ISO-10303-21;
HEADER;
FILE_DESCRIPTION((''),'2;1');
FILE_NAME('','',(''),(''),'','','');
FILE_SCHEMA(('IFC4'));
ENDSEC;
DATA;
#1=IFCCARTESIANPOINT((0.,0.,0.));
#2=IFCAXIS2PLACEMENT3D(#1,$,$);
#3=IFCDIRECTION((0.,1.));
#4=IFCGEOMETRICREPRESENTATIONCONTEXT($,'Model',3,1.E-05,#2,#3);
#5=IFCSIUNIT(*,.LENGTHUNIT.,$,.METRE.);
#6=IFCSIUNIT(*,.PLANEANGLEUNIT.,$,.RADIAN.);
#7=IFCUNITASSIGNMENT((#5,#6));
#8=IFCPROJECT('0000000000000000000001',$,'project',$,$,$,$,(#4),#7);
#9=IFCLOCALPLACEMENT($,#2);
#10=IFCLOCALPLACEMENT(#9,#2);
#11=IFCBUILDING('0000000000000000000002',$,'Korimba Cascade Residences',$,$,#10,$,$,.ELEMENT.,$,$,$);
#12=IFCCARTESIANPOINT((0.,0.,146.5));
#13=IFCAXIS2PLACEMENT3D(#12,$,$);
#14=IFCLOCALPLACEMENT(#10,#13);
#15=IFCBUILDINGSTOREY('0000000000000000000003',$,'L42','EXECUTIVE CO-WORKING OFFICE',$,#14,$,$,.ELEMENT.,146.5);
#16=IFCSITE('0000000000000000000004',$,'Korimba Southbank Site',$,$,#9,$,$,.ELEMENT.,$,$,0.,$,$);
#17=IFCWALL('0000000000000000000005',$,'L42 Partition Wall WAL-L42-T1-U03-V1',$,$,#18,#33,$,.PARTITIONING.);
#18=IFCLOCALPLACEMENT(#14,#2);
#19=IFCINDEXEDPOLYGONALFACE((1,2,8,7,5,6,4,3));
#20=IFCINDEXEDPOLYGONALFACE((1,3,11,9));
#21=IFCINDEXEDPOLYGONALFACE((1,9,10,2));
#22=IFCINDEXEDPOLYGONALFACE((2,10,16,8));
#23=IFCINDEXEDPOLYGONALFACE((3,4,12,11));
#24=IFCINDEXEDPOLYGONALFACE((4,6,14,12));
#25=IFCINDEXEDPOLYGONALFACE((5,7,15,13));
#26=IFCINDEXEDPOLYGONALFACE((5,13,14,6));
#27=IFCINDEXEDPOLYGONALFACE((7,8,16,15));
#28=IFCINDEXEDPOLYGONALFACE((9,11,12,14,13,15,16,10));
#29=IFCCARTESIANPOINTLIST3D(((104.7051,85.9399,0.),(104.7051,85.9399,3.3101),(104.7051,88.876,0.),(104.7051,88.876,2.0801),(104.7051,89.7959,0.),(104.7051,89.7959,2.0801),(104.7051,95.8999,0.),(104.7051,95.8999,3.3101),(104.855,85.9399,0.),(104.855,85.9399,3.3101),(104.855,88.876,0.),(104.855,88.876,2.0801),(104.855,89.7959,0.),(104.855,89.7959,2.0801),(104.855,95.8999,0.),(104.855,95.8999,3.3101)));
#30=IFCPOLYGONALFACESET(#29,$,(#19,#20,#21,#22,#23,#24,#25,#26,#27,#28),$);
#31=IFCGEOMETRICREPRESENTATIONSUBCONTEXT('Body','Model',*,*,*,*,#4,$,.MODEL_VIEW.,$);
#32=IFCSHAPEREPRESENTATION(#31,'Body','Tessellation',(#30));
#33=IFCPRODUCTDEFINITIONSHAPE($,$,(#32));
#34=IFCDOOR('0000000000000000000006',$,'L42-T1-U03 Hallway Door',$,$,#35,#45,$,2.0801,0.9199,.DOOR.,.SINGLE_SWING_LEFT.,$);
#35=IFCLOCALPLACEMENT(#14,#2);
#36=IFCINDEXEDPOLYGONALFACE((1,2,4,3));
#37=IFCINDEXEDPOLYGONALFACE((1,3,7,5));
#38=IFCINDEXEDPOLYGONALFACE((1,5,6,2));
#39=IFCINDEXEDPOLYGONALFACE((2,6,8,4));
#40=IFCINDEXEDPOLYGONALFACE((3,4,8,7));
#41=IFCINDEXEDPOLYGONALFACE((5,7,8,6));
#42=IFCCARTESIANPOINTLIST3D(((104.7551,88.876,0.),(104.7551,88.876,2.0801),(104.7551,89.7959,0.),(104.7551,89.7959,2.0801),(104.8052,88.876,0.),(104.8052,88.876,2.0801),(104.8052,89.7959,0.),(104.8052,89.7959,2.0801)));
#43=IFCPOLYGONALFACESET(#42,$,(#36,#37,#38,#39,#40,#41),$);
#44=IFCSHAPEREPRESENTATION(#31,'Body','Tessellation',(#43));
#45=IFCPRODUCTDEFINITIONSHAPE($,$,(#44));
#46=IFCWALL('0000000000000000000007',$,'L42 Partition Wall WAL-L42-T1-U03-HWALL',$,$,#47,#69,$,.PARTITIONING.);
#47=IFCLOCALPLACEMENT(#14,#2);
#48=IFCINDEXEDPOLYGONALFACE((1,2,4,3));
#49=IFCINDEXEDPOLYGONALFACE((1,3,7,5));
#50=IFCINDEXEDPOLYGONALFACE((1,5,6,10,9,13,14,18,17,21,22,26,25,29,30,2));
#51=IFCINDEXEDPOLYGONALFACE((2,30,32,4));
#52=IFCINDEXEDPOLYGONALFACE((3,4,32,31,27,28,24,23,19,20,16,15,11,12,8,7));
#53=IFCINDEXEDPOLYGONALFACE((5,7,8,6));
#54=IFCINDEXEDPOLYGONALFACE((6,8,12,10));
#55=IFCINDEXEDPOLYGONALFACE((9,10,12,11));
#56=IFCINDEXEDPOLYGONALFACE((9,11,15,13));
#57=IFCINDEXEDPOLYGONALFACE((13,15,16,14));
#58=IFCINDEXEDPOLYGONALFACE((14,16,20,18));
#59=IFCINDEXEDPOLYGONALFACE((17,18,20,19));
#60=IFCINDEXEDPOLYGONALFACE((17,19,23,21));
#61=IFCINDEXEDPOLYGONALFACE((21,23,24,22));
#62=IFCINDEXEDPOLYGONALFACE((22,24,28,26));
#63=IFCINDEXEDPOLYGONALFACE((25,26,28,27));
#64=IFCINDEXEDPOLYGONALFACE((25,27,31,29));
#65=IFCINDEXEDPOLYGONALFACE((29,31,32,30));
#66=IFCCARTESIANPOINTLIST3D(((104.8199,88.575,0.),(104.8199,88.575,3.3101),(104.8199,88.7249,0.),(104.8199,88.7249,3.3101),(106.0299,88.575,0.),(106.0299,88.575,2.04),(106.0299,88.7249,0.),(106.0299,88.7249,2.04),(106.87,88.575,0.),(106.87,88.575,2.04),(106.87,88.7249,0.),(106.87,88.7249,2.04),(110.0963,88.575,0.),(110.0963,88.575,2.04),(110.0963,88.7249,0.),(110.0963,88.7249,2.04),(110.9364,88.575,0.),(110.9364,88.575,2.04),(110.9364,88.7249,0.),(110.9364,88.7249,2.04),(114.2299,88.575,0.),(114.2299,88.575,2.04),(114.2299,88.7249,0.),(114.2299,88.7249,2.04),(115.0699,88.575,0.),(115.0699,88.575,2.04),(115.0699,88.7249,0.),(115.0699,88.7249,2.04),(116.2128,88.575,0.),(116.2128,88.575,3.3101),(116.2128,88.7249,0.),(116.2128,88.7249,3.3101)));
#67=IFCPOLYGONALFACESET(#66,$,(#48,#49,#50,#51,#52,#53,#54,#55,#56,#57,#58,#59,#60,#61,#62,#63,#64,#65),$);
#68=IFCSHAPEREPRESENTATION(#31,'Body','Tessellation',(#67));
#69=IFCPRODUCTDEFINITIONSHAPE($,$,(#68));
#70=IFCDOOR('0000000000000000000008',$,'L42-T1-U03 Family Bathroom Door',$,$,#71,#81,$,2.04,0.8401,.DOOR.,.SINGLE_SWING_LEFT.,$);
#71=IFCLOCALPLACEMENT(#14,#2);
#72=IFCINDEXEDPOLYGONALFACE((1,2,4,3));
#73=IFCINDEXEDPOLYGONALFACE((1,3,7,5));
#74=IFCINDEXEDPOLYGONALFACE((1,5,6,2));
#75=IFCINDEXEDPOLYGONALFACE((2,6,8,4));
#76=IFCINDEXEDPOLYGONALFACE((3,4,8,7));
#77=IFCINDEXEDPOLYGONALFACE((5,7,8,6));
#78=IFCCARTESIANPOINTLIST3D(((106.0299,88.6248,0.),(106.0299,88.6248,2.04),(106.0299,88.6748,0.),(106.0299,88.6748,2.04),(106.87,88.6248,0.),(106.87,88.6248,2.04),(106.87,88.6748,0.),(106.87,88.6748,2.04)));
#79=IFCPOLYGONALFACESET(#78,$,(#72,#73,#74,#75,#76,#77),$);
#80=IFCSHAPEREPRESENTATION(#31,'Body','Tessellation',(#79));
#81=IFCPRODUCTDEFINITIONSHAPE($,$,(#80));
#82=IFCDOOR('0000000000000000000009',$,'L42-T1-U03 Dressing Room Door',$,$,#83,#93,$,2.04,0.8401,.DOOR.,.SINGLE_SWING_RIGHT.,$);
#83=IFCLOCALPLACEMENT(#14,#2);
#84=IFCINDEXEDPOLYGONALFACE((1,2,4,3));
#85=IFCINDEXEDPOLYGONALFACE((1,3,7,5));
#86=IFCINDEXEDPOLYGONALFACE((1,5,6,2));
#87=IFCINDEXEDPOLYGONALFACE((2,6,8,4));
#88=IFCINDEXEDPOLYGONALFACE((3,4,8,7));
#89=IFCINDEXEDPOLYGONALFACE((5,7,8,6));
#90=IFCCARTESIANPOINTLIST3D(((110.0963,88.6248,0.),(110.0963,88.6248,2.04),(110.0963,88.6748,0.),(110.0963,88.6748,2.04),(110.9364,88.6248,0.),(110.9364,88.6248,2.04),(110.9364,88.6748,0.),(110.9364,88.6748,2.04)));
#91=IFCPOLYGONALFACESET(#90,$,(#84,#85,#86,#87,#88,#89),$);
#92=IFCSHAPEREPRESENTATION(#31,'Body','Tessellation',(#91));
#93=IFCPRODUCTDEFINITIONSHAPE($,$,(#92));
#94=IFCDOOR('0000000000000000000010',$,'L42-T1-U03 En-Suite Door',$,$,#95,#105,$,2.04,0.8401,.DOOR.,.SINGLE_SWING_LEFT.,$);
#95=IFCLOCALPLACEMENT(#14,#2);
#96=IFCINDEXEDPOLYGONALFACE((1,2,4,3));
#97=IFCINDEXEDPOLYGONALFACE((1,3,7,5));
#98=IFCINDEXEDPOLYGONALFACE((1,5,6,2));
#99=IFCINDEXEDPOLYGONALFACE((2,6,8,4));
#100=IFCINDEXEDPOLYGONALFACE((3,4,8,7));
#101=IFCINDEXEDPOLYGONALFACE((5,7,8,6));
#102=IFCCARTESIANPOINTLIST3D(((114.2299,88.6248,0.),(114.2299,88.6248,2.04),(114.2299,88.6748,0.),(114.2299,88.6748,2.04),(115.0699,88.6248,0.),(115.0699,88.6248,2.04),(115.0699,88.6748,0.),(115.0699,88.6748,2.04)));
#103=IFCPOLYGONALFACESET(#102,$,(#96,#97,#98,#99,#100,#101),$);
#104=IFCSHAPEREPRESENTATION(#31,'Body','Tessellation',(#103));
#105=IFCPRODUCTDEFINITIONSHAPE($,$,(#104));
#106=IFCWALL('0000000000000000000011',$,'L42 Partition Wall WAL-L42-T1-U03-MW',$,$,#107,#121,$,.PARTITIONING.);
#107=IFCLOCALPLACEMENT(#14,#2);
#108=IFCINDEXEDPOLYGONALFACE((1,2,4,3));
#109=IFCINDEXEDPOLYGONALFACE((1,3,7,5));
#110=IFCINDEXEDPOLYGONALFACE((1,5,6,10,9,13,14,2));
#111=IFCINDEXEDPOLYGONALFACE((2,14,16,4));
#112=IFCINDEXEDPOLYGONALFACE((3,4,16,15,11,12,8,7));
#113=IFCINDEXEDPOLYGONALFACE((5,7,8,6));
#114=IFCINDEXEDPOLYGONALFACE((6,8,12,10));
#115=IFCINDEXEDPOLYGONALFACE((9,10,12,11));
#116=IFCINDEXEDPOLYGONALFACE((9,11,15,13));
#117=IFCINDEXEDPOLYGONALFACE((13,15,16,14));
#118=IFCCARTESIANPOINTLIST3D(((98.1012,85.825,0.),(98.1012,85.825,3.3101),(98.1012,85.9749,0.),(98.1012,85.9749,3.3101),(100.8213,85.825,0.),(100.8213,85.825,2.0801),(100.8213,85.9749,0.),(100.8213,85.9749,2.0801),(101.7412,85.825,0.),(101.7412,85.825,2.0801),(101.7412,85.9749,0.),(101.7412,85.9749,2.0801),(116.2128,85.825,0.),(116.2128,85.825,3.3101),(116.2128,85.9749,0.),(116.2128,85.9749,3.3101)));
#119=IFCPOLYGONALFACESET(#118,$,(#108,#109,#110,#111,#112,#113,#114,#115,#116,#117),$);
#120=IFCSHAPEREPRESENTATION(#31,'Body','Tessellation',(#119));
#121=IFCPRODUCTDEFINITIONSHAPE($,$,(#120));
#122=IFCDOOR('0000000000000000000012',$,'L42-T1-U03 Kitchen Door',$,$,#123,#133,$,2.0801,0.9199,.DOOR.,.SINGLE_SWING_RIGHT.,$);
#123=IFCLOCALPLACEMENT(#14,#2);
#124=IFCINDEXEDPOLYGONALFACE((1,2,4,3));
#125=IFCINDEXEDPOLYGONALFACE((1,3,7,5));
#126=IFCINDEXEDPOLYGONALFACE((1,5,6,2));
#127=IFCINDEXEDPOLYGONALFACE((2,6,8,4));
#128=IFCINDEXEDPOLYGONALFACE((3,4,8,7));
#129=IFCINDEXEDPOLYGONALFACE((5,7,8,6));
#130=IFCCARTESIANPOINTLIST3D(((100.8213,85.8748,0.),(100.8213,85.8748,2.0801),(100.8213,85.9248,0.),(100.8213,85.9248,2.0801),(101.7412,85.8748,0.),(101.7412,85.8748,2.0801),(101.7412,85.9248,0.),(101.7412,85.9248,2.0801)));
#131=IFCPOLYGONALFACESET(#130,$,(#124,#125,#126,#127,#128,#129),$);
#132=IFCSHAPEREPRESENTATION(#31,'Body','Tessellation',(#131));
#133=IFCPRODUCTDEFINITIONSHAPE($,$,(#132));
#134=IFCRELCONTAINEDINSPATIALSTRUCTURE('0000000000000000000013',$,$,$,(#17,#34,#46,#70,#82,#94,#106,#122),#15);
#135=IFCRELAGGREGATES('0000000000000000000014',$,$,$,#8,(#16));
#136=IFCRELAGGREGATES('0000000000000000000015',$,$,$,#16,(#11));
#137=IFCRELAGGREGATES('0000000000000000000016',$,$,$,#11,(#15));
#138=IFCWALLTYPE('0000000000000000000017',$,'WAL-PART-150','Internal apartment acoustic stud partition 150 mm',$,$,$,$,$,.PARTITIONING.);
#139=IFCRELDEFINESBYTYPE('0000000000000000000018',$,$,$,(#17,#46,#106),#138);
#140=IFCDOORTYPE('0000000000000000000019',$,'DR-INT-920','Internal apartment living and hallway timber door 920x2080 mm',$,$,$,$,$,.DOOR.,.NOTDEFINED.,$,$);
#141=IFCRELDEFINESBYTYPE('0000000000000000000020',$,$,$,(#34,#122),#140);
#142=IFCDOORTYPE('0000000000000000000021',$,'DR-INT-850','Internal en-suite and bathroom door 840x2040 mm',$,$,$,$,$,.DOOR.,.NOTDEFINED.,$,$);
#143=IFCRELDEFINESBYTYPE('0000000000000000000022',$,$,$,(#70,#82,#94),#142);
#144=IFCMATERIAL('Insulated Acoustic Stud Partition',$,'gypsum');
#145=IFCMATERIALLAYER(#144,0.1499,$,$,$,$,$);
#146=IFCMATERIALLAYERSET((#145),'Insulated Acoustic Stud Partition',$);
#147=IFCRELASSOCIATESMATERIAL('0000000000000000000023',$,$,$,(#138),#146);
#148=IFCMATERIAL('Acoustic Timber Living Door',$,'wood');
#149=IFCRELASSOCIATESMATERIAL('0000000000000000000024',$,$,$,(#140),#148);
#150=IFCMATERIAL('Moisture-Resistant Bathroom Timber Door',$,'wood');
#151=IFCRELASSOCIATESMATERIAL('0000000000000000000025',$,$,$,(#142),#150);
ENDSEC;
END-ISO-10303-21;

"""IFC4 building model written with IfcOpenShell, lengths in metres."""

from ifc_helpers import new_model, si_unit, direction, frame, frame_2d, origin, place, context, subcontext, project, spatial, rectangle, extrude, material, layer, layer_set, type_object, element, fill, save


model = new_model("IFC4")

# Units and contexts
model_context = context("Model", 3, precision=1e-05, world=origin(), true_north=direction((0.0, 1.0)))
body_context = subcontext(model_context, "Body", "Model", "MODEL_VIEW")
ifc_project = project(units=[si_unit("LENGTHUNIT", "METRE"), si_unit("PLANEANGLEUNIT", "RADIAN")], contexts=[model_context])

# Site, building, storey
site_placement = place(None, origin())
site = spatial("IfcSite", under=ifc_project, at=site_placement, Name="Korimba Southbank Site", CompositionType="ELEMENT", RefElevation=0.0)
building_placement = place(site_placement, origin())
building = spatial("IfcBuilding", under=site, at=building_placement, Name="Korimba Cascade Residences", CompositionType="ELEMENT")
storey_placement = place(building_placement, frame((0.0, 0.0, 146.5)))
storey = spatial("IfcBuildingStorey", under=building, at=storey_placement, Name="L42", Description="EXECUTIVE CO-WORKING OFFICE", CompositionType="ELEMENT", Elevation=146.5)

# Shared definitions
ifc_material_1 = material(Name="Insulated Acoustic Stud Partition", Category="gypsum")
ifc_layer = layer(ifc_material_1, 0.1499)
ifc_layer_set = layer_set([ifc_layer], Name="Insulated Acoustic Stud Partition")
wall_type = type_object("IfcWallType", Name="WAL-PART-150", Description="Internal apartment acoustic stud partition 150 mm", PredefinedType="PARTITIONING", material=ifc_layer_set)

# Wall, opening, door
wall_1_placement = place(storey_placement, frame((104.78, 85.9399, 0.0), z_axis=(0.0, 0.0, 1.0), x_axis=(0.0, 1.0, 0.0)))
wall_1 = element("IfcWall", 1, at=wall_1_placement, inside=storey, type_object=wall_type, Name="L42 Partition Wall WAL-L42-T1-U03-V1", PredefinedType="PARTITIONING", context=body_context, shape_type="SweptSolid", body=[
    extrude(rectangle(XDim=9.96, YDim=0.1499, at=frame_2d((4.98, 0.0))), origin(), (0.0, 0.0, 1.0), 3.3101),
])
opening_1_placement = place(wall_1_placement, frame((2.936, 0.0, 0.0)))
opening_1 = element("IfcOpeningElement", 2, at=opening_1_placement, cuts=wall_1, PredefinedType="OPENING", context=body_context, shape_type="SweptSolid", body=[
    extrude(rectangle(XDim=0.9199, YDim=2.0801, at=frame_2d((0.46, 1.04))), frame((0.0, 0.085, 0.0), z_axis=(0.0, -1.0, 0.0), x_axis=(1.0, 0.0, 0.0)), (0.0, 0.0, 1.0), 0.1699),
])
ifc_material_2 = material(Name="Acoustic Timber Living Door", Category="wood")
door_type_1 = type_object("IfcDoorType", Name="DR-INT-920", Description="Internal apartment living and hallway timber door 920x2080 mm", OperationType="NOTDEFINED", PredefinedType="DOOR", material=ifc_material_2)
door_1_placement = place(opening_1_placement, origin())
door_1 = element("IfcDoor", 3, at=door_1_placement, inside=storey, type_object=door_type_1, Name="L42-T1-U03 Hallway Door", OperationType="SINGLE_SWING_LEFT", OverallHeight=2.0801, OverallWidth=0.9199, PredefinedType="DOOR", context=body_context, shape_type="SweptSolid", body=[
    extrude(rectangle(XDim=0.9199, YDim=2.0801, at=frame_2d((0.46, 1.04))), frame((0.0, 0.0249, 0.0), z_axis=(0.0, -1.0, 0.0), x_axis=(1.0, 0.0, 0.0)), (0.0, 0.0, 1.0), 0.05),
])
fill(opening_1, door_1)

# Wall, openings, doors
wall_2_placement = place(storey_placement, frame((104.8201, 88.6499, 0.0), z_axis=(0.0, 0.0, 1.0), x_axis=(1.0, 0.0, 0.0)))
wall_2 = element("IfcWall", 4, at=wall_2_placement, inside=storey, type_object=wall_type, Name="L42 Partition Wall WAL-L42-T1-U03-HWALL", PredefinedType="PARTITIONING", context=body_context, shape_type="SweptSolid", body=[
    extrude(rectangle(XDim=11.3928, YDim=0.1499, at=frame_2d((5.6963, 0.0))), origin(), (0.0, 0.0, 1.0), 3.3101),
])
opening_2_placement = place(wall_2_placement, frame((1.21, 0.0, 0.0)))
opening_2 = element("IfcOpeningElement", 5, at=opening_2_placement, cuts=wall_2, PredefinedType="OPENING", context=body_context, shape_type="SweptSolid", body=[
    extrude(rectangle(XDim=0.8401, YDim=2.04, at=frame_2d((0.4199, 1.02))), frame((0.0, 0.085, 0.0), z_axis=(0.0, -1.0, 0.0), x_axis=(1.0, 0.0, 0.0)), (0.0, 0.0, 1.0), 0.1699),
])
opening_3_placement = place(wall_2_placement, frame((5.2764, 0.0, 0.0)))
opening_3 = element("IfcOpeningElement", 6, at=opening_3_placement, cuts=wall_2, PredefinedType="OPENING", context=body_context, shape_type="SweptSolid", body=[
    extrude(rectangle(XDim=0.8401, YDim=2.04, at=frame_2d((0.4199, 1.02))), frame((0.0, 0.085, 0.0), z_axis=(0.0, -1.0, 0.0), x_axis=(1.0, 0.0, 0.0)), (0.0, 0.0, 1.0), 0.1699),
])
opening_4_placement = place(wall_2_placement, frame((9.4099, 0.0, 0.0)))
opening_4 = element("IfcOpeningElement", 7, at=opening_4_placement, cuts=wall_2, PredefinedType="OPENING", context=body_context, shape_type="SweptSolid", body=[
    extrude(rectangle(XDim=0.8401, YDim=2.04, at=frame_2d((0.4199, 1.02))), frame((0.0, 0.085, 0.0), z_axis=(0.0, -1.0, 0.0), x_axis=(1.0, 0.0, 0.0)), (0.0, 0.0, 1.0), 0.1699),
])
ifc_material_3 = material(Name="Moisture-Resistant Bathroom Timber Door", Category="wood")
door_type_2 = type_object("IfcDoorType", Name="DR-INT-850", Description="Internal en-suite and bathroom door 840x2040 mm", OperationType="NOTDEFINED", PredefinedType="DOOR", material=ifc_material_3)
door_2_placement = place(opening_2_placement, origin())
door_2 = element("IfcDoor", 8, at=door_2_placement, inside=storey, type_object=door_type_2, Name="L42-T1-U03 Family Bathroom Door", OperationType="SINGLE_SWING_LEFT", OverallHeight=2.04, OverallWidth=0.8401, PredefinedType="DOOR", context=body_context, shape_type="SweptSolid", body=[
    extrude(rectangle(XDim=0.8401, YDim=2.04, at=frame_2d((0.4199, 1.02))), frame((0.0, 0.0249, 0.0), z_axis=(0.0, -1.0, 0.0), x_axis=(1.0, 0.0, 0.0)), (0.0, 0.0, 1.0), 0.05),
])
fill(opening_2, door_2)
door_3_placement = place(opening_3_placement, origin())
door_3 = element("IfcDoor", 9, at=door_3_placement, inside=storey, type_object=door_type_2, Name="L42-T1-U03 Dressing Room Door", OperationType="SINGLE_SWING_RIGHT", OverallHeight=2.04, OverallWidth=0.8401, PredefinedType="DOOR", context=body_context, shape_type="SweptSolid", body=[
    extrude(rectangle(XDim=0.8401, YDim=2.04, at=frame_2d((0.4199, 1.02))), frame((0.0, 0.0249, 0.0), z_axis=(0.0, -1.0, 0.0), x_axis=(1.0, 0.0, 0.0)), (0.0, 0.0, 1.0), 0.05),
])
fill(opening_3, door_3)
door_4_placement = place(opening_4_placement, origin())
door_4 = element("IfcDoor", 10, at=door_4_placement, inside=storey, type_object=door_type_2, Name="L42-T1-U03 En-Suite Door", OperationType="SINGLE_SWING_LEFT", OverallHeight=2.04, OverallWidth=0.8401, PredefinedType="DOOR", context=body_context, shape_type="SweptSolid", body=[
    extrude(rectangle(XDim=0.8401, YDim=2.04, at=frame_2d((0.4199, 1.02))), frame((0.0, 0.0249, 0.0), z_axis=(0.0, -1.0, 0.0), x_axis=(1.0, 0.0, 0.0)), (0.0, 0.0, 1.0), 0.05),
])
fill(opening_4, door_4)

# Wall, opening, door
wall_3_placement = place(storey_placement, frame((98.1013, 85.8999, 0.0), z_axis=(0.0, 0.0, 1.0), x_axis=(1.0, 0.0, 0.0)))
wall_3 = element("IfcWall", 11, at=wall_3_placement, inside=storey, type_object=wall_type, Name="L42 Partition Wall WAL-L42-T1-U03-MW", PredefinedType="PARTITIONING", context=body_context, shape_type="SweptSolid", body=[
    extrude(rectangle(XDim=18.1116, YDim=0.1499, at=frame_2d((9.0557, 0.0))), origin(), (0.0, 0.0, 1.0), 3.3101),
])
opening_5_placement = place(wall_3_placement, frame((2.72, 0.0, 0.0)))
opening_5 = element("IfcOpeningElement", 12, at=opening_5_placement, cuts=wall_3, PredefinedType="OPENING", context=body_context, shape_type="SweptSolid", body=[
    extrude(rectangle(XDim=0.9199, YDim=2.0801, at=frame_2d((0.46, 1.04))), frame((0.0, 0.085, 0.0), z_axis=(0.0, -1.0, 0.0), x_axis=(1.0, 0.0, 0.0)), (0.0, 0.0, 1.0), 0.1699),
])
door_5_placement = place(opening_5_placement, origin())
door_5 = element("IfcDoor", 13, at=door_5_placement, inside=storey, type_object=door_type_1, Name="L42-T1-U03 Kitchen Door", OperationType="SINGLE_SWING_RIGHT", OverallHeight=2.0801, OverallWidth=0.9199, PredefinedType="DOOR", context=body_context, shape_type="SweptSolid", body=[
    extrude(rectangle(XDim=0.9199, YDim=2.0801, at=frame_2d((0.46, 1.04))), frame((0.0, 0.0249, 0.0), z_axis=(0.0, -1.0, 0.0), x_axis=(1.0, 0.0, 0.0)), (0.0, 0.0, 1.0), 0.05),
])
fill(opening_5, door_5)

save(model, "model.ifc")
